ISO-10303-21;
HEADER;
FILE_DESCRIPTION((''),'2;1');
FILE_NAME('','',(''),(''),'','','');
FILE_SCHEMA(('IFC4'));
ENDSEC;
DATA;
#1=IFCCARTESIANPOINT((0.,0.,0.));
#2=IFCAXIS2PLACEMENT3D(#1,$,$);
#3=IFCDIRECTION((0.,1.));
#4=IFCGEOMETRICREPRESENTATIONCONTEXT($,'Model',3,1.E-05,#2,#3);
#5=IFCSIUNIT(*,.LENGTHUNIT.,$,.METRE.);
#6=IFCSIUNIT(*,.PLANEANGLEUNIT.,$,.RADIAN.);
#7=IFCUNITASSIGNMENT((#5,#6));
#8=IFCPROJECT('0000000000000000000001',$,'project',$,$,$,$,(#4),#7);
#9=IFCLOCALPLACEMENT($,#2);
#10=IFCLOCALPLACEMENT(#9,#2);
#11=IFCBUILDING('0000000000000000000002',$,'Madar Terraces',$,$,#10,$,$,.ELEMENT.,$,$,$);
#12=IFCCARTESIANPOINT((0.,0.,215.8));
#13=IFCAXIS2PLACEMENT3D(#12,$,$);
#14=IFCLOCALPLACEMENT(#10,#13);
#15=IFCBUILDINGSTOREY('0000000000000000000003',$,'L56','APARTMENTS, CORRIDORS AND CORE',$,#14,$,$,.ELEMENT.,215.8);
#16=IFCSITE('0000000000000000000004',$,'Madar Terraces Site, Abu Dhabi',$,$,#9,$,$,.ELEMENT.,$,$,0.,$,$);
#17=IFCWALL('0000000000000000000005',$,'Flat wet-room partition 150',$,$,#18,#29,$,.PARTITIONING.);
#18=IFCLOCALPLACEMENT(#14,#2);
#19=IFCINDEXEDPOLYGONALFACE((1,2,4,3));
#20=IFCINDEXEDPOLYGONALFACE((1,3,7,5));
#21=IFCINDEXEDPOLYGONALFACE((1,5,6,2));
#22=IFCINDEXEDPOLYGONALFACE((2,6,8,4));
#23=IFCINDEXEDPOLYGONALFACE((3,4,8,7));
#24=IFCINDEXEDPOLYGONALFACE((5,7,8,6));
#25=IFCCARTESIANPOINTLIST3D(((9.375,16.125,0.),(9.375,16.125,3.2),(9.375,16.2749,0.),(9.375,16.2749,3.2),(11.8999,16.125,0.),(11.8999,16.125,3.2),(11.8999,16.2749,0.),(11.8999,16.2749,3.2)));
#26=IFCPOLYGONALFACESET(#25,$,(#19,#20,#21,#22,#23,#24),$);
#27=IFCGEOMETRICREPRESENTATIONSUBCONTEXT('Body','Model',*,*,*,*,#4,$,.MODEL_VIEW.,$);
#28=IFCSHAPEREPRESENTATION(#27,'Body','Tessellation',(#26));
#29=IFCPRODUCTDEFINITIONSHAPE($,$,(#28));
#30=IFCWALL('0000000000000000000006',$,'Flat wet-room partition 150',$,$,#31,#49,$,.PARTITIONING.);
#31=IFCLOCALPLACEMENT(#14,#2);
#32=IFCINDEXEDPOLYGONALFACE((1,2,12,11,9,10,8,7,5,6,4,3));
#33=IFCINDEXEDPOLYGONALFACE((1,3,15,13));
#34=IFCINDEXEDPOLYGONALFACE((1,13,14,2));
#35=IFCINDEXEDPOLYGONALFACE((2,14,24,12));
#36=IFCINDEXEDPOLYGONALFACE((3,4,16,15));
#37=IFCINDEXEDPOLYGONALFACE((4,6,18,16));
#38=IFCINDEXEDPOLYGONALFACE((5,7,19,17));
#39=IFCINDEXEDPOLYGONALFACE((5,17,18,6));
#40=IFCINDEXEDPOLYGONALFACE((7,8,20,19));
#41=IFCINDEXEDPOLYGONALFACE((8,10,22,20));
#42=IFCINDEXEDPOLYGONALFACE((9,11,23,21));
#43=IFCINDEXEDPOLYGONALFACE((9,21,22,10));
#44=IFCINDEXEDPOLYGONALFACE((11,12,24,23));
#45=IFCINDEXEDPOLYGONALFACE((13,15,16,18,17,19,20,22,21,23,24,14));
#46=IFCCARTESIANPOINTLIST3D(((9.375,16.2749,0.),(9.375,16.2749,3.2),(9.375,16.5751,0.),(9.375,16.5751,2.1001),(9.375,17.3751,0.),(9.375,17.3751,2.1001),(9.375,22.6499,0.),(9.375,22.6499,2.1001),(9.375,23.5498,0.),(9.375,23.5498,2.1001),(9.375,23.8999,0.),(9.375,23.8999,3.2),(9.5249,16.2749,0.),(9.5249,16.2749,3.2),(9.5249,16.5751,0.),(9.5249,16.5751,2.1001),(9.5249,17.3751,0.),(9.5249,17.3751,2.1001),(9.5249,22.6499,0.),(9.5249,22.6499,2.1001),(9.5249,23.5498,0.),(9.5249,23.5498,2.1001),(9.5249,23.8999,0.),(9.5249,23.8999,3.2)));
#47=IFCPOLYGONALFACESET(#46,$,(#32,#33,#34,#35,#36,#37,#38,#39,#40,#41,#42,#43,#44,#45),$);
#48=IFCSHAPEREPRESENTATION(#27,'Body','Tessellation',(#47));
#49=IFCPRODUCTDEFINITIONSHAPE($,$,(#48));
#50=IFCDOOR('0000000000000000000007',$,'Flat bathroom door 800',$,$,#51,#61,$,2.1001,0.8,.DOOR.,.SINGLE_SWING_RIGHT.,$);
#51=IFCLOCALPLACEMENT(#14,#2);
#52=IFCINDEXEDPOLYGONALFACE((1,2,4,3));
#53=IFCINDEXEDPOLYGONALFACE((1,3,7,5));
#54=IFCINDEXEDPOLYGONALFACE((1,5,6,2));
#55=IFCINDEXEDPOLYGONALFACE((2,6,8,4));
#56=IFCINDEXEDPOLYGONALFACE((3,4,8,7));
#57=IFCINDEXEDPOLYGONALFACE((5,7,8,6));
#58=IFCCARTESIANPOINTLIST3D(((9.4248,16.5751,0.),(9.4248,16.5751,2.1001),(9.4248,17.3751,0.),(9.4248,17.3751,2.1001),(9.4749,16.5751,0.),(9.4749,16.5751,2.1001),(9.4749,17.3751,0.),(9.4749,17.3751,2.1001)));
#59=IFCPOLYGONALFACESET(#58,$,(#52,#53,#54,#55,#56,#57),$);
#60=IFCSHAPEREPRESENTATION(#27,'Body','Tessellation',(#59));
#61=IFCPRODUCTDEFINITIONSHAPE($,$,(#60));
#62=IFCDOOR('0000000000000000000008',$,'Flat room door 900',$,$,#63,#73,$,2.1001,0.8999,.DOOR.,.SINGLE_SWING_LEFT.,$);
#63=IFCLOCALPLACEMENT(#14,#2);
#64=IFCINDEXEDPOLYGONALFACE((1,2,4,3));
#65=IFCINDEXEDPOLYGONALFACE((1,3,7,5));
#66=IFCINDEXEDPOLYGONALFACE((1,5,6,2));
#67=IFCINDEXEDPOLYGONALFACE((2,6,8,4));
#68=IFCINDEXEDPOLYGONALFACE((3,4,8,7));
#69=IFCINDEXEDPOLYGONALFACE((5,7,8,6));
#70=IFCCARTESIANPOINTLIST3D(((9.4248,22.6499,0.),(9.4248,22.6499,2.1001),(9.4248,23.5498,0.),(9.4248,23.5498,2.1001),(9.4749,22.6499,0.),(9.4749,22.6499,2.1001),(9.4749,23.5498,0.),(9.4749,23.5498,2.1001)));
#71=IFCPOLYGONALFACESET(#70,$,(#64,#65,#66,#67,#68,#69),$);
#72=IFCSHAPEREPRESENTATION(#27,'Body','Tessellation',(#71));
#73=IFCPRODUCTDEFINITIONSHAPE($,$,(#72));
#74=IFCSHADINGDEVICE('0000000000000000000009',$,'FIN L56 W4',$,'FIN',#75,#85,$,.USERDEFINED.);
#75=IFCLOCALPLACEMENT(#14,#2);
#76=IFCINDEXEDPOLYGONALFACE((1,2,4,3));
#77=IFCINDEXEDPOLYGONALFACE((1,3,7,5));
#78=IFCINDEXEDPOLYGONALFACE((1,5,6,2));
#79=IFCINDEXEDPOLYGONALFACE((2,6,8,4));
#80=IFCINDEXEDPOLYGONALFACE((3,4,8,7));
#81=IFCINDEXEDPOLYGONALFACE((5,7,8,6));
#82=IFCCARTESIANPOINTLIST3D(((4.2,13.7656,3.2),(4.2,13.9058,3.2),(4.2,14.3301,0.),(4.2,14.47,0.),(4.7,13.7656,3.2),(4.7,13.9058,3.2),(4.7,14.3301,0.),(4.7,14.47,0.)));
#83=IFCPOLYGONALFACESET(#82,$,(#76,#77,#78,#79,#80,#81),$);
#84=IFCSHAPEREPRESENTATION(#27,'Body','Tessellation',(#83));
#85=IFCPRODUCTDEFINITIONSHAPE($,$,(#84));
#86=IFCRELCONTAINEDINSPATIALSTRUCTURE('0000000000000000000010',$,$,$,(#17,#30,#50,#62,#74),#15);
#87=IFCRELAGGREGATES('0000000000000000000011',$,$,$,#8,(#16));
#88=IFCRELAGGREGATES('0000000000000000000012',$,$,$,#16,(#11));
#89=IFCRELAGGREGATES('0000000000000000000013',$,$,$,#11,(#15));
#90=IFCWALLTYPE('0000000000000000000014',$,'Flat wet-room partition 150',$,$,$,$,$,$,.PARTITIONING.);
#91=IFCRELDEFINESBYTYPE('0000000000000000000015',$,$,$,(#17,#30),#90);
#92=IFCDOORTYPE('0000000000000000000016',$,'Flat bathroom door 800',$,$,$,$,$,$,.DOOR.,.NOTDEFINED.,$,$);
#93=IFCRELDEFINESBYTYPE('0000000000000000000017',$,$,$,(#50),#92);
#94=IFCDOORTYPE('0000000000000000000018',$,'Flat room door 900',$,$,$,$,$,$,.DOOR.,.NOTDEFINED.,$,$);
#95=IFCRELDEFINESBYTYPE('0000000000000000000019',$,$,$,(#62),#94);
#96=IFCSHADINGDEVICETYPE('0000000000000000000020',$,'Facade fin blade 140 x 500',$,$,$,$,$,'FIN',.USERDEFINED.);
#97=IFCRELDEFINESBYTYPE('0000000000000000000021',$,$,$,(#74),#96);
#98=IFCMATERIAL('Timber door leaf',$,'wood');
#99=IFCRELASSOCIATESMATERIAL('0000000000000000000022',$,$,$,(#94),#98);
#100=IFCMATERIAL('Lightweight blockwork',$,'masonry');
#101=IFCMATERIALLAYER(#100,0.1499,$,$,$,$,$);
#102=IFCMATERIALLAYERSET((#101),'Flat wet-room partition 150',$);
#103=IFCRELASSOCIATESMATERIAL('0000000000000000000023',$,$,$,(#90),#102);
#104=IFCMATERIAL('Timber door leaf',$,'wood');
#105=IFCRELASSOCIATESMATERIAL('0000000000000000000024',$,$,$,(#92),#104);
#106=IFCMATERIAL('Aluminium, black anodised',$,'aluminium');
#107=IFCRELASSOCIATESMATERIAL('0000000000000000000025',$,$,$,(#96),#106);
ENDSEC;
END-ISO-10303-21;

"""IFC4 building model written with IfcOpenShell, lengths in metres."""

from ifc_helpers import new_model, si_unit, direction, frame, frame_2d, origin, place, context, subcontext, project, spatial, polyline, rectangle, outline, extrude, material, layer, layer_set, type_object, element, fill, save


model = new_model("IFC4")

# Units and contexts
model_context = context("Model", 3, precision=1e-05, world=origin(), true_north=direction((0.0, 1.0)))
body_context = subcontext(model_context, "Body", "Model", "MODEL_VIEW")
ifc_project = project(units=[si_unit("LENGTHUNIT", "METRE"), si_unit("PLANEANGLEUNIT", "RADIAN")], contexts=[model_context])

# Site, building, storey
site_placement = place(None, origin())
site = spatial("IfcSite", under=ifc_project, at=site_placement, Name="Madar Terraces Site, Abu Dhabi", CompositionType="ELEMENT", RefElevation=0.0)
building_placement = place(site_placement, origin())
building = spatial("IfcBuilding", under=site, at=building_placement, Name="Madar Terraces", CompositionType="ELEMENT")
storey_placement = place(building_placement, frame((0.0, 0.0, 215.8)))
storey = spatial("IfcBuildingStorey", under=building, at=storey_placement, Name="L56", Description="APARTMENTS, CORRIDORS AND CORE", CompositionType="ELEMENT", Elevation=215.8)

# Shared definitions
ifc_material_1 = material(Name="Timber door leaf", Category="wood")
door_type_1 = type_object("IfcDoorType", Name="Flat room door 900", OperationType="NOTDEFINED", PredefinedType="DOOR", material=ifc_material_1)

# Wall
ifc_material_2 = material(Name="Lightweight blockwork", Category="masonry")
ifc_layer_1 = layer(ifc_material_2, 0.1499)
ifc_layer_set_1 = layer_set([ifc_layer_1], Name="Flat wet-room partition 150")
wall_type_1 = type_object("IfcWallType", Name="Flat wet-room partition 150", PredefinedType="PARTITIONING", material=ifc_layer_set_1)
wall_1_placement = place(storey_placement, frame((11.8999, 16.2, 0.0), z_axis=(0.0, 0.0, 1.0), x_axis=(-1.0, 0.0, 0.0)))
element("IfcWall", 1, at=wall_1_placement, inside=storey, type_object=wall_type_1, Name="Flat wet-room partition 150", PredefinedType="PARTITIONING", context=body_context, shape_type="SweptSolid", body=[
    extrude(rectangle(XDim=2.5249, YDim=0.1499, at=frame_2d((1.2625, 0.0))), origin(), (0.0, 0.0, 1.0), 3.2),
])

# Wall, openings, doors
wall_2_placement = place(storey_placement, frame((9.45, 23.8999, 0.0), z_axis=(0.0, 0.0, 1.0), x_axis=(0.0, -1.0, 0.0)))
wall_2 = element("IfcWall", 2, at=wall_2_placement, inside=storey, type_object=wall_type_1, Name="Flat wet-room partition 150", PredefinedType="PARTITIONING", context=body_context, shape_type="SweptSolid", body=[
    extrude(rectangle(XDim=7.625, YDim=0.1499, at=frame_2d((3.8125, 0.0))), origin(), (0.0, 0.0, 1.0), 3.2),
])
opening_1_placement = place(wall_2_placement, frame((6.5249, 0.0, 0.0)))
opening_1 = element("IfcOpeningElement", 3, at=opening_1_placement, cuts=wall_2, PredefinedType="OPENING", context=body_context, shape_type="SweptSolid", body=[
    extrude(rectangle(XDim=0.8, YDim=2.1001, at=frame_2d((0.3999, 1.05))), frame((0.0, 0.085, 0.0), z_axis=(0.0, -1.0, 0.0), x_axis=(1.0, 0.0, 0.0)), (0.0, 0.0, 1.0), 0.1699),
])
opening_2_placement = place(wall_2_placement, frame((0.3501, 0.0, 0.0)))
opening_2 = element("IfcOpeningElement", 4, at=opening_2_placement, cuts=wall_2, PredefinedType="OPENING", context=body_context, shape_type="SweptSolid", body=[
    extrude(rectangle(XDim=0.8999, YDim=2.1001, at=frame_2d((0.45, 1.05))), frame((0.0, 0.085, 0.0), z_axis=(0.0, -1.0, 0.0), x_axis=(1.0, 0.0, 0.0)), (0.0, 0.0, 1.0), 0.1699),
])
ifc_material_3 = material(Name="Timber door leaf", Category="wood")
door_type_2 = type_object("IfcDoorType", Name="Flat bathroom door 800", OperationType="NOTDEFINED", PredefinedType="DOOR", material=ifc_material_3)
door_1_placement = place(opening_1_placement, origin())
door_1 = element("IfcDoor", 5, at=door_1_placement, inside=storey, type_object=door_type_2, Name="Flat bathroom door 800", OperationType="SINGLE_SWING_RIGHT", OverallHeight=2.1001, OverallWidth=0.8, PredefinedType="DOOR", context=body_context, shape_type="SweptSolid", body=[
    extrude(rectangle(XDim=0.8, YDim=2.1001, at=frame_2d((0.3999, 1.05))), frame((0.0, 0.0249, 0.0), z_axis=(0.0, -1.0, 0.0), x_axis=(1.0, 0.0, 0.0)), (0.0, 0.0, 1.0), 0.05),
])
fill(opening_1, door_1)
door_2_placement = place(opening_2_placement, origin())
door_2 = element("IfcDoor", 6, at=door_2_placement, inside=storey, type_object=door_type_1, Name="Flat room door 900", OperationType="SINGLE_SWING_LEFT", OverallHeight=2.1001, OverallWidth=0.8999, PredefinedType="DOOR", context=body_context, shape_type="SweptSolid", body=[
    extrude(rectangle(XDim=0.8999, YDim=2.1001, at=frame_2d((0.45, 1.05))), frame((0.0, 0.0249, 0.0), z_axis=(0.0, -1.0, 0.0), x_axis=(1.0, 0.0, 0.0)), (0.0, 0.0, 1.0), 0.05),
])
fill(opening_2, door_2)

# Shading device
ifc_material_4 = material(Name="Aluminium, black anodised", Category="aluminium")
shading_device_type = type_object("IfcShadingDeviceType", Name="Facade fin blade 140 x 500", ElementType="FIN", PredefinedType="USERDEFINED", material=ifc_material_4)
shading_device_placement = place(storey_placement, frame((4.45, 14.47, 0.0), z_axis=(0.0, 0.0, 1.0), x_axis=(0.0, -1.0, 0.0)))
element("IfcShadingDevice", 7, at=shading_device_placement, inside=storey, type_object=shading_device_type, Name="FIN L56 W4", ObjectType="FIN", PredefinedType="USERDEFINED", context=body_context, shape_type="SweptSolid", body=[
    extrude(outline(polyline([(0.0, 0.0), (0.1399, 0.0), (0.7043, 3.2), (0.5642, 3.2), (0.0, 0.0)])), frame((0.0, 0.25, 0.0), z_axis=(0.0, -1.0, 0.0), x_axis=(1.0, 0.0, 0.0)), (0.0, 0.0, 1.0), 0.5),
])

save(model, "model.ifc")
